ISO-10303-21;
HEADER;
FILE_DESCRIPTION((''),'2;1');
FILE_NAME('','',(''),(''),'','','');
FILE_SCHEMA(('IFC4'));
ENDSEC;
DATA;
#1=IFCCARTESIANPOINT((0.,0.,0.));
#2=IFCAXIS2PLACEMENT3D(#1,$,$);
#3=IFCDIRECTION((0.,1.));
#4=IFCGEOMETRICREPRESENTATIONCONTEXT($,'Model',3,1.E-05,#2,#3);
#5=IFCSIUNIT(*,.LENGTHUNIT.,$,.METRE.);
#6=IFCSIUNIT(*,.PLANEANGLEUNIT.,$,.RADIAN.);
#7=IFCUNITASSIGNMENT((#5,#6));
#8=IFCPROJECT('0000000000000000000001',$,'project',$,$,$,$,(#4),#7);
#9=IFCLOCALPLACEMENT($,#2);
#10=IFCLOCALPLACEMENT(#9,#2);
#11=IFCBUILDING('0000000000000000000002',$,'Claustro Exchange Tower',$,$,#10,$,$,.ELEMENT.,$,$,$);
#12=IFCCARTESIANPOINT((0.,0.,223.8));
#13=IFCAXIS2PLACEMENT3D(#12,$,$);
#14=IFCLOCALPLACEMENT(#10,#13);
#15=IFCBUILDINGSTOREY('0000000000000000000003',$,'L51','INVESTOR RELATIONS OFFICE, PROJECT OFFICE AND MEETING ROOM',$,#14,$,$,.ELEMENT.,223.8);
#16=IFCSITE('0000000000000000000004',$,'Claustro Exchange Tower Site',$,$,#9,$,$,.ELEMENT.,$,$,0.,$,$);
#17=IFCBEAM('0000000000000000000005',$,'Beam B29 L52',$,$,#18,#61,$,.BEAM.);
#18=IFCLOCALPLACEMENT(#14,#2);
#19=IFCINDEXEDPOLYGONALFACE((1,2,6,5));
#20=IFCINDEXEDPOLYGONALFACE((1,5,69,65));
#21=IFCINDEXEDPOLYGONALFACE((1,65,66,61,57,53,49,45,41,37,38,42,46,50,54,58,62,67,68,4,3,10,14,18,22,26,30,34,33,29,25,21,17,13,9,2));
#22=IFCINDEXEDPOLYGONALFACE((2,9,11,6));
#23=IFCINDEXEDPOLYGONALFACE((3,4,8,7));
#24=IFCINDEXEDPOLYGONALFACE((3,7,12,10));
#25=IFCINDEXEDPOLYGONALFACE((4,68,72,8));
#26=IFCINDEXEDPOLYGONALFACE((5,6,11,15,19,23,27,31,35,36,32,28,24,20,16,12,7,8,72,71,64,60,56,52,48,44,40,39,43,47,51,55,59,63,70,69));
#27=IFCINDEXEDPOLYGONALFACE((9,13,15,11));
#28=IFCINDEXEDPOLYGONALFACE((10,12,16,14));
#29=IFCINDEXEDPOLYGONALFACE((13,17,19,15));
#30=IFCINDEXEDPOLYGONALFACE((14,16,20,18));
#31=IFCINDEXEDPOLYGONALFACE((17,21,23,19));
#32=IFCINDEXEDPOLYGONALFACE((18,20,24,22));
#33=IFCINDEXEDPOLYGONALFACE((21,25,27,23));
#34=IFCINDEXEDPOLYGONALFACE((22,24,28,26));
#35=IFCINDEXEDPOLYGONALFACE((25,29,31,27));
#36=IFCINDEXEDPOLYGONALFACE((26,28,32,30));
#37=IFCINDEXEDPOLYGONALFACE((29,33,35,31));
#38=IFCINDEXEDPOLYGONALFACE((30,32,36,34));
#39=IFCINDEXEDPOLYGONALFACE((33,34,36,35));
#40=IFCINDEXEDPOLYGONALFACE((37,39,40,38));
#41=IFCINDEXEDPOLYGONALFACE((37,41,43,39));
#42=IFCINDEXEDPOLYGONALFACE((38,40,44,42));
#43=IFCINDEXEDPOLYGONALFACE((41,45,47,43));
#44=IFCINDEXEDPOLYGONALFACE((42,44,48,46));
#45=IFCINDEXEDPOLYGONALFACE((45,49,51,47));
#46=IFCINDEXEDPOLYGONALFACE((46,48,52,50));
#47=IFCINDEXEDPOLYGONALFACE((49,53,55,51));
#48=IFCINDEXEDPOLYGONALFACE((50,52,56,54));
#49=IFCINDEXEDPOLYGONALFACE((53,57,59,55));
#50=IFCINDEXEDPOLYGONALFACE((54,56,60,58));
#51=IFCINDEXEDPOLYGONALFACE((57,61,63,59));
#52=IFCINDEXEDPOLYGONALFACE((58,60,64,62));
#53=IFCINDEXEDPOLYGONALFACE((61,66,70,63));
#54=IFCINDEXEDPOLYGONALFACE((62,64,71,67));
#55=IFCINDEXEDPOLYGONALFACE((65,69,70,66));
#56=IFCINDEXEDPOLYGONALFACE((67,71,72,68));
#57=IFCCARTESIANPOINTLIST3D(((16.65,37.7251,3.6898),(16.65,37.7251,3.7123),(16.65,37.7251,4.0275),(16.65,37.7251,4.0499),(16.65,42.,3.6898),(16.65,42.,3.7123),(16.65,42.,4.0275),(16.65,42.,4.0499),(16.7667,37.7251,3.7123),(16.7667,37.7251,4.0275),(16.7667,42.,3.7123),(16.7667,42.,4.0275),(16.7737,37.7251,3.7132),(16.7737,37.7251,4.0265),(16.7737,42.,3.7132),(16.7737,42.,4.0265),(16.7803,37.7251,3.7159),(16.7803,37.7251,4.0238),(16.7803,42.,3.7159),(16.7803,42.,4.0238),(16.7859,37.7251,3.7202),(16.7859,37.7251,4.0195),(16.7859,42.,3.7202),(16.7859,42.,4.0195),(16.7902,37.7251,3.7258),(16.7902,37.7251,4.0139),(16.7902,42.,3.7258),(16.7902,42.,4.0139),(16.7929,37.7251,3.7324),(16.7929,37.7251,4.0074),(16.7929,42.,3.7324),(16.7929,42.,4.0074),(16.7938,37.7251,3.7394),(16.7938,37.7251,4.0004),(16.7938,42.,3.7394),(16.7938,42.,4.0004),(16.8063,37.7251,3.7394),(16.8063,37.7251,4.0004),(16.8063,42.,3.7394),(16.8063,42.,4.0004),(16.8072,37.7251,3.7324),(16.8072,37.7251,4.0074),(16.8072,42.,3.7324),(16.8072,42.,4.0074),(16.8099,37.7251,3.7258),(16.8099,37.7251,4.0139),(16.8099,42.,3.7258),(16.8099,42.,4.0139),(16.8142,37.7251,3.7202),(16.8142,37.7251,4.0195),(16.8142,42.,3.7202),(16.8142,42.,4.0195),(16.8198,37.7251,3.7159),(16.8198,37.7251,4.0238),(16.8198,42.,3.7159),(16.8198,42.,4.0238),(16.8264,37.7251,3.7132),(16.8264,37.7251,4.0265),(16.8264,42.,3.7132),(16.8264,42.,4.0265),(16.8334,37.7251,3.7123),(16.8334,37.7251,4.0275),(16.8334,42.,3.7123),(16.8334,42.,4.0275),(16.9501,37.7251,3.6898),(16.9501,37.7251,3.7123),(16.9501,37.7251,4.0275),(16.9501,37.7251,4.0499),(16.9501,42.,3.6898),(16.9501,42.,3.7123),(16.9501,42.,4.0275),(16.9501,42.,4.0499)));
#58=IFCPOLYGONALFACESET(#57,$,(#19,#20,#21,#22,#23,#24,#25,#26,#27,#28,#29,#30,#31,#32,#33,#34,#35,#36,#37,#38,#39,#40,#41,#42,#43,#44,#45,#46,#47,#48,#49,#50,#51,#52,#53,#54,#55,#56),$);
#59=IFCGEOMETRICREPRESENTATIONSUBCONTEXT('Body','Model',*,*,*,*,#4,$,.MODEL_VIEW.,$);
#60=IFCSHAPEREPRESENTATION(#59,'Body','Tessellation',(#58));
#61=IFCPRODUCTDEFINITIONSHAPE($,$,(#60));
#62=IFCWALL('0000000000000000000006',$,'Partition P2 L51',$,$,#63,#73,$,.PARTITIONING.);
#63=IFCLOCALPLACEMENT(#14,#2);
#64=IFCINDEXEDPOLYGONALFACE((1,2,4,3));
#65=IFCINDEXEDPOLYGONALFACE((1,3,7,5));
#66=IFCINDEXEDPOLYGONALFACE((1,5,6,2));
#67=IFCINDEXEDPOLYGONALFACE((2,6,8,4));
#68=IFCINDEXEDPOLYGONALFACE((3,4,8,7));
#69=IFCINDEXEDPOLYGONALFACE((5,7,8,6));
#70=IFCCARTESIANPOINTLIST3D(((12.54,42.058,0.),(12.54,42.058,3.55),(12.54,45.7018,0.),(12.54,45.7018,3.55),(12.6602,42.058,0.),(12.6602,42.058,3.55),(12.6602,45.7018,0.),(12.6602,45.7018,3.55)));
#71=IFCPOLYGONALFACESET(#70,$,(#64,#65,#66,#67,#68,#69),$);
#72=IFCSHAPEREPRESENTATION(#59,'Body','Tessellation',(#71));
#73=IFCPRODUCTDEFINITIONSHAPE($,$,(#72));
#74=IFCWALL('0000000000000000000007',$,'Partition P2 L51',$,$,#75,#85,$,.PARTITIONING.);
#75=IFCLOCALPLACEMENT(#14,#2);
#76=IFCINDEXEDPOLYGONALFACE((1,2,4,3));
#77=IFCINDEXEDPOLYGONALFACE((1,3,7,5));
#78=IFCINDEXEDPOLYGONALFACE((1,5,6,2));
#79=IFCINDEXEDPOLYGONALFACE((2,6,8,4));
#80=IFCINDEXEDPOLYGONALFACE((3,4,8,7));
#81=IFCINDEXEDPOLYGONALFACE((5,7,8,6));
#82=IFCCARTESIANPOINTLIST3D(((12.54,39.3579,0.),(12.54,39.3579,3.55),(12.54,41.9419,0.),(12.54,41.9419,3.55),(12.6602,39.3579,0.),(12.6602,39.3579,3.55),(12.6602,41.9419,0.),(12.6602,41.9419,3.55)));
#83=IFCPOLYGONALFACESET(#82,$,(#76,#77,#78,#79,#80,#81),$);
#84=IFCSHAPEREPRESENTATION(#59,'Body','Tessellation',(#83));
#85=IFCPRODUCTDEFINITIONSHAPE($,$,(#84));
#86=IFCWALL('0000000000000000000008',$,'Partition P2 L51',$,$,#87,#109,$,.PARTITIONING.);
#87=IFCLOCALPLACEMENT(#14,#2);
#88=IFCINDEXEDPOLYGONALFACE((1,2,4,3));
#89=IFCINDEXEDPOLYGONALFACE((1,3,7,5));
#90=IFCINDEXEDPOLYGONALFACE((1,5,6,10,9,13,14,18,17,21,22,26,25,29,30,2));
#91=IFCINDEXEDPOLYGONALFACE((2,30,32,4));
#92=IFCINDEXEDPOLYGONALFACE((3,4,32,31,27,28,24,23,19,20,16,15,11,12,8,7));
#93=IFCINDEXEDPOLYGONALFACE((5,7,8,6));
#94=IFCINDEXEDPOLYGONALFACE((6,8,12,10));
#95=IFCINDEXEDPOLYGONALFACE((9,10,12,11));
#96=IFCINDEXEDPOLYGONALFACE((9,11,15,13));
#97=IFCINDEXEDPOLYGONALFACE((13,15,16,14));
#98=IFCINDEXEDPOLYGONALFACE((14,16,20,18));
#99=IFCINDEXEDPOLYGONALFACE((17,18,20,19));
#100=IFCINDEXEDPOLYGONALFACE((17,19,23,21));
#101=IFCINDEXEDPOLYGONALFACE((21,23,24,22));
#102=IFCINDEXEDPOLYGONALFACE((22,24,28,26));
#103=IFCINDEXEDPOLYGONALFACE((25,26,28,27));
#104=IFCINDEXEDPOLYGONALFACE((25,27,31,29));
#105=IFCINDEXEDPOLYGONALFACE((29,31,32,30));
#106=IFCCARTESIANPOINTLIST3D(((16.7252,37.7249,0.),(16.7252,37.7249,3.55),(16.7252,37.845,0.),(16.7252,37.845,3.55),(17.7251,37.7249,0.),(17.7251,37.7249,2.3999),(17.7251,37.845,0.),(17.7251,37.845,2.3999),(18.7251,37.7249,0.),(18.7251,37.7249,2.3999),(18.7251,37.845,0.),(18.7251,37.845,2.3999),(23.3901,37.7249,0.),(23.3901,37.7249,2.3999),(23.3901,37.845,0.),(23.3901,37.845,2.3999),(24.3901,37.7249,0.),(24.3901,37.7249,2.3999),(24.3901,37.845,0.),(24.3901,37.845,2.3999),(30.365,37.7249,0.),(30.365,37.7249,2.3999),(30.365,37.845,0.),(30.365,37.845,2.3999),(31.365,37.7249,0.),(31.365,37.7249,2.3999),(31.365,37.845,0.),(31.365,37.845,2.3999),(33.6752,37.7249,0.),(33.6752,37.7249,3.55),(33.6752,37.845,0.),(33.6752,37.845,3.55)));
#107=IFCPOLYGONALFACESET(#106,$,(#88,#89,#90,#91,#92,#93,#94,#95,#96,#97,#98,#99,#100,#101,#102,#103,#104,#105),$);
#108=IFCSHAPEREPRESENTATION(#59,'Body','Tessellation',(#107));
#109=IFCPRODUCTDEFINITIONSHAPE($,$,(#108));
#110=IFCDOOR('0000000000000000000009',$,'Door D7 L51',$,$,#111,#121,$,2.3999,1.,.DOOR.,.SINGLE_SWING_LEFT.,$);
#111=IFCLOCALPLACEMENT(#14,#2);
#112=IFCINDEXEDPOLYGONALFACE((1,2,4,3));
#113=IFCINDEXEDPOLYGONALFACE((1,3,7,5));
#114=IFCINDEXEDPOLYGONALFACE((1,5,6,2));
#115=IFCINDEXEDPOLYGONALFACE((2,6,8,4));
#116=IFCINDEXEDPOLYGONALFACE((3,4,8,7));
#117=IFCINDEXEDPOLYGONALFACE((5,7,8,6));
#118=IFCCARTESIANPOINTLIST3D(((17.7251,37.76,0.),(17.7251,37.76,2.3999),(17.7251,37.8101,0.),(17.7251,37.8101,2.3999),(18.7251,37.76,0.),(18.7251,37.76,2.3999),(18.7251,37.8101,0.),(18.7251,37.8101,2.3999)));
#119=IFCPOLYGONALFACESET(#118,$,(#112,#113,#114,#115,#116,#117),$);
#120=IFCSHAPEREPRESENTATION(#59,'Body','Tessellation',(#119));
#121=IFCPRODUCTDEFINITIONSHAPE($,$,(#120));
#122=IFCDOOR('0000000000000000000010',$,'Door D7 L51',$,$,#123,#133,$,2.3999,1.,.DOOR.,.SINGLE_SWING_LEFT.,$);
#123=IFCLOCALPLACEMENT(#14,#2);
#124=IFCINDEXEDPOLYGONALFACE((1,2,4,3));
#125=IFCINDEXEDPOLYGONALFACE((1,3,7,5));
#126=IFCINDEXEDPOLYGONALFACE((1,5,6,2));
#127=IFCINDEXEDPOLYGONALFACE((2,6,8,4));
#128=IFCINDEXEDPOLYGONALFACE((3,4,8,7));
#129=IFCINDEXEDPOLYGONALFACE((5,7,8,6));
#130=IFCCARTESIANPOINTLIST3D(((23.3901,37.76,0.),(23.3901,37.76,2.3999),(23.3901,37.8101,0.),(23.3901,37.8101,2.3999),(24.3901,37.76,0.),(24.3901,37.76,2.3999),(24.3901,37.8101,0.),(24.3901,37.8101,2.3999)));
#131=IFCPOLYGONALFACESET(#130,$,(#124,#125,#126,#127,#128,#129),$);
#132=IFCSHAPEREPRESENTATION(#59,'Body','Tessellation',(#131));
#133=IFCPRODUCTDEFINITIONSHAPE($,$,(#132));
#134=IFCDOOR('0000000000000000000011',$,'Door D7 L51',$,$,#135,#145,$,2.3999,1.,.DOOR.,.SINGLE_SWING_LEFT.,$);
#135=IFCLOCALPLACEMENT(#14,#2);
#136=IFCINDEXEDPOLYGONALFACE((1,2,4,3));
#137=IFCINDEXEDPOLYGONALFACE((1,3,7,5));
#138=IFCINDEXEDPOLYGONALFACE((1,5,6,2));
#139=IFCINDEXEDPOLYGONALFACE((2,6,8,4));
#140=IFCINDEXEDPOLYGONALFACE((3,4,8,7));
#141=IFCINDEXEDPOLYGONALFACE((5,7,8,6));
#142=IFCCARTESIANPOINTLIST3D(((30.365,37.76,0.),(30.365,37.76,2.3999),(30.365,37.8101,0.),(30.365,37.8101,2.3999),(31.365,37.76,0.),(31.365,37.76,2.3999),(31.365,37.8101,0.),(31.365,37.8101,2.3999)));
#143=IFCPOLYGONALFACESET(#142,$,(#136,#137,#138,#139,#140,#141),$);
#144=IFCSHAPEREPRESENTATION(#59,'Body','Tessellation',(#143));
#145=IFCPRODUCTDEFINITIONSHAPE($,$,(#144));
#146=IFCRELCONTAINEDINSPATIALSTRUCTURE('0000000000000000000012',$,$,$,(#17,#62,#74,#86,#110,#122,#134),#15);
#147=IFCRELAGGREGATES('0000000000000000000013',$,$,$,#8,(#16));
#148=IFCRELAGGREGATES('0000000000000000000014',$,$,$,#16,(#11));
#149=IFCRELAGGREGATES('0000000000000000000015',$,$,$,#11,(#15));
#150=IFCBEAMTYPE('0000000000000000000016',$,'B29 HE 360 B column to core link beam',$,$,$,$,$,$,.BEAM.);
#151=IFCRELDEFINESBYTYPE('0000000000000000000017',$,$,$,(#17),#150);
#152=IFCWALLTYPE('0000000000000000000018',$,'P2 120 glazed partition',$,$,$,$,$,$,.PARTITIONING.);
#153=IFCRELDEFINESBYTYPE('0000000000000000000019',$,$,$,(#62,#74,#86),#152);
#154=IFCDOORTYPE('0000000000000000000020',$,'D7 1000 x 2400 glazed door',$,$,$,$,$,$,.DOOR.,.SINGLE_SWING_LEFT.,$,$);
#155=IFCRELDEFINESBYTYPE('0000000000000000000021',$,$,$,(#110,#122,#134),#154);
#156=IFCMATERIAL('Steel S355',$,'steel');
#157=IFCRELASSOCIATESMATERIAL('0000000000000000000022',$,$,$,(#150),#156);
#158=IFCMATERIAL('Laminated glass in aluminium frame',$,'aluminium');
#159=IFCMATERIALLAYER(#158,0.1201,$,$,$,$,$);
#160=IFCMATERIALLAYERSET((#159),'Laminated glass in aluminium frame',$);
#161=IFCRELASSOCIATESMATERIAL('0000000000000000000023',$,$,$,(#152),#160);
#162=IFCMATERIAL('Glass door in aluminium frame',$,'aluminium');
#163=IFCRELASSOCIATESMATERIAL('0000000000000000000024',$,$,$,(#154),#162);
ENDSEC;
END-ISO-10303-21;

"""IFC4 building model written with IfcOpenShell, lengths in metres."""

from ifc_helpers import new_model, si_unit, direction, frame, frame_2d, origin, origin_2d, place, context, subcontext, project, spatial, rectangle, i_section, extrude, material, layer, layer_set, material_profile, profile_set, type_object, element, fill, save


model = new_model("IFC4")

# Units and contexts
model_context = context("Model", 3, precision=1e-05, world=origin(), true_north=direction((0.0, 1.0)))
body_context = subcontext(model_context, "Body", "Model", "MODEL_VIEW")
ifc_project = project(units=[si_unit("LENGTHUNIT", "METRE"), si_unit("PLANEANGLEUNIT", "RADIAN")], contexts=[model_context])

# Site, building, storey
site_placement = place(None, origin())
site = spatial("IfcSite", under=ifc_project, at=site_placement, Name="Claustro Exchange Tower Site", CompositionType="ELEMENT", RefElevation=0.0)
building_placement = place(site_placement, origin())
building = spatial("IfcBuilding", under=site, at=building_placement, Name="Claustro Exchange Tower", CompositionType="ELEMENT")
storey_placement = place(building_placement, frame((0.0, 0.0, 223.8)))
storey = spatial("IfcBuildingStorey", under=building, at=storey_placement, Name="L51", Description="INVESTOR RELATIONS OFFICE, PROJECT OFFICE AND MEETING ROOM", CompositionType="ELEMENT", Elevation=223.8)

# Beam
ifc_material_1 = material(Name="Steel S355", Category="steel")
ifc_material_profile_1 = material_profile(ifc_material_1, i_section(OverallWidth=0.3, OverallDepth=0.3601, WebThickness=0.0125, FlangeThickness=0.0225, FilletRadius=0.0271, at=origin_2d()), Name="HE 360 B")
ifc_profile_set_1 = profile_set([ifc_material_profile_1], Name="Steel S355")
beam_type_1 = type_object("IfcBeamType", Name="B29 HE 360 B column to core link beam", PredefinedType="BEAM", material=ifc_profile_set_1)
beam_1_placement = place(storey_placement, frame((16.8, 37.7251, 3.8699), z_axis=(0.0, 1.0, 0.0), x_axis=(-1.0, 0.0, 0.0)))
element("IfcBeam", 1, at=beam_1_placement, inside=storey, type_object=beam_type_1, Name="Beam B29 L52", PredefinedType="BEAM", context=body_context, shape_type="SweptSolid", body=[
    extrude(i_section(OverallWidth=0.3, OverallDepth=0.3601, WebThickness=0.0125, FlangeThickness=0.0225, FilletRadius=0.0271, at=origin_2d()), origin(), (0.0, 0.0, 1.0), 4.2749),
])

# Shared definitions
ifc_material_2 = material(Name="Laminated glass in aluminium frame", Category="aluminium")
ifc_layer_1 = layer(ifc_material_2, 0.1201)
ifc_layer_set_1 = layer_set([ifc_layer_1], Name="Laminated glass in aluminium frame")
wall_type_1 = type_object("IfcWallType", Name="P2 120 glazed partition", PredefinedType="PARTITIONING", material=ifc_layer_set_1)
ifc_material_3 = material(Name="Glass door in aluminium frame", Category="aluminium")
door_type = type_object("IfcDoorType", Name="D7 1000 x 2400 glazed door", OperationType="SINGLE_SWING_LEFT", PredefinedType="DOOR", material=ifc_material_3)

# Walls
wall_1_placement = place(storey_placement, frame((12.6001, 42.0581, 0.0), z_axis=(0.0, 0.0, 1.0), x_axis=(0.0, 1.0, 0.0)))
element("IfcWall", 2, at=wall_1_placement, inside=storey, type_object=wall_type_1, Name="Partition P2 L51", PredefinedType="PARTITIONING", context=body_context, shape_type="SweptSolid", body=[
    extrude(rectangle(XDim=3.6438, YDim=0.1201, at=frame_2d((1.8218, 0.0))), origin(), (0.0, 0.0, 1.0), 3.55),
])
wall_2_placement = place(storey_placement, frame((12.6001, 39.3579, 0.0), z_axis=(0.0, 0.0, 1.0), x_axis=(0.0, 1.0, 0.0)))
element("IfcWall", 3, at=wall_2_placement, inside=storey, type_object=wall_type_1, Name="Partition P2 L51", PredefinedType="PARTITIONING", context=body_context, shape_type="SweptSolid", body=[
    extrude(rectangle(XDim=2.584, YDim=0.1201, at=frame_2d((1.292, 0.0))), origin(), (0.0, 0.0, 1.0), 3.55),
])

# Wall, openings, doors
wall_3_placement = place(storey_placement, frame((16.7251, 37.7849, 0.0), z_axis=(0.0, 0.0, 1.0), x_axis=(1.0, 0.0, 0.0)))
wall_3 = element("IfcWall", 4, at=wall_3_placement, inside=storey, type_object=wall_type_1, Name="Partition P2 L51", PredefinedType="PARTITIONING", context=body_context, shape_type="SweptSolid", body=[
    extrude(rectangle(XDim=16.95, YDim=0.1201, at=frame_2d((8.4751, 0.0))), origin(), (0.0, 0.0, 1.0), 3.55),
])
opening_1_placement = place(wall_3_placement, frame((1.0, 0.0, 0.0)))
opening_1 = element("IfcOpeningElement", 5, at=opening_1_placement, cuts=wall_3, PredefinedType="OPENING", context=body_context, shape_type="SweptSolid", body=[
    extrude(rectangle(XDim=1.0, YDim=2.3999, at=frame_2d((0.5, 1.2))), frame((0.0, 0.0701, 0.0), z_axis=(0.0, -1.0, 0.0), x_axis=(1.0, 0.0, 0.0)), (0.0, 0.0, 1.0), 0.1401),
])
opening_2_placement = place(wall_3_placement, frame((6.665, 0.0, 0.0)))
opening_2 = element("IfcOpeningElement", 6, at=opening_2_placement, cuts=wall_3, PredefinedType="OPENING", context=body_context, shape_type="SweptSolid", body=[
    extrude(rectangle(XDim=1.0, YDim=2.3999, at=frame_2d((0.5, 1.2))), frame((0.0, 0.0701, 0.0), z_axis=(0.0, -1.0, 0.0), x_axis=(1.0, 0.0, 0.0)), (0.0, 0.0, 1.0), 0.1401),
])
opening_3_placement = place(wall_3_placement, frame((13.6399, 0.0, 0.0)))
opening_3 = element("IfcOpeningElement", 7, at=opening_3_placement, cuts=wall_3, PredefinedType="OPENING", context=body_context, shape_type="SweptSolid", body=[
    extrude(rectangle(XDim=1.0, YDim=2.3999, at=frame_2d((0.5, 1.2))), frame((0.0, 0.0701, 0.0), z_axis=(0.0, -1.0, 0.0), x_axis=(1.0, 0.0, 0.0)), (0.0, 0.0, 1.0), 0.1401),
])
door_1_placement = place(opening_1_placement, frame((1.0, 0.0, 0.0), z_axis=(0.0, 0.0, 1.0), x_axis=(-1.0, 0.0, 0.0)))
door_1 = element("IfcDoor", 8, at=door_1_placement, inside=storey, type_object=door_type, Name="Door D7 L51", OperationType="SINGLE_SWING_LEFT", OverallHeight=2.3999, OverallWidth=1.0, PredefinedType="DOOR", context=body_context, shape_type="SweptSolid", body=[
    extrude(rectangle(XDim=1.0, YDim=2.3999, at=frame_2d((0.5, 1.2))), frame((0.0, 0.0249, 0.0), z_axis=(0.0, -1.0, 0.0), x_axis=(1.0, 0.0, 0.0)), (0.0, 0.0, 1.0), 0.05),
])
fill(opening_1, door_1)
door_2_placement = place(opening_2_placement, frame((1.0, 0.0, 0.0), z_axis=(0.0, 0.0, 1.0), x_axis=(-1.0, 0.0, 0.0)))
door_2 = element("IfcDoor", 9, at=door_2_placement, inside=storey, type_object=door_type, Name="Door D7 L51", OperationType="SINGLE_SWING_LEFT", OverallHeight=2.3999, OverallWidth=1.0, PredefinedType="DOOR", context=body_context, shape_type="SweptSolid", body=[
    extrude(rectangle(XDim=1.0, YDim=2.3999, at=frame_2d((0.5, 1.2))), frame((0.0, 0.0249, 0.0), z_axis=(0.0, -1.0, 0.0), x_axis=(1.0, 0.0, 0.0)), (0.0, 0.0, 1.0), 0.05),
])
fill(opening_2, door_2)
door_3_placement = place(opening_3_placement, frame((1.0, 0.0, 0.0), z_axis=(0.0, 0.0, 1.0), x_axis=(-1.0, 0.0, 0.0)))
door_3 = element("IfcDoor", 10, at=door_3_placement, inside=storey, type_object=door_type, Name="Door D7 L51", OperationType="SINGLE_SWING_LEFT", OverallHeight=2.3999, OverallWidth=1.0, PredefinedType="DOOR", context=body_context, shape_type="SweptSolid", body=[
    extrude(rectangle(XDim=1.0, YDim=2.3999, at=frame_2d((0.5, 1.2))), frame((0.0, 0.0249, 0.0), z_axis=(0.0, -1.0, 0.0), x_axis=(1.0, 0.0, 0.0)), (0.0, 0.0, 1.0), 0.05),
])
fill(opening_3, door_3)

save(model, "model.ifc")
